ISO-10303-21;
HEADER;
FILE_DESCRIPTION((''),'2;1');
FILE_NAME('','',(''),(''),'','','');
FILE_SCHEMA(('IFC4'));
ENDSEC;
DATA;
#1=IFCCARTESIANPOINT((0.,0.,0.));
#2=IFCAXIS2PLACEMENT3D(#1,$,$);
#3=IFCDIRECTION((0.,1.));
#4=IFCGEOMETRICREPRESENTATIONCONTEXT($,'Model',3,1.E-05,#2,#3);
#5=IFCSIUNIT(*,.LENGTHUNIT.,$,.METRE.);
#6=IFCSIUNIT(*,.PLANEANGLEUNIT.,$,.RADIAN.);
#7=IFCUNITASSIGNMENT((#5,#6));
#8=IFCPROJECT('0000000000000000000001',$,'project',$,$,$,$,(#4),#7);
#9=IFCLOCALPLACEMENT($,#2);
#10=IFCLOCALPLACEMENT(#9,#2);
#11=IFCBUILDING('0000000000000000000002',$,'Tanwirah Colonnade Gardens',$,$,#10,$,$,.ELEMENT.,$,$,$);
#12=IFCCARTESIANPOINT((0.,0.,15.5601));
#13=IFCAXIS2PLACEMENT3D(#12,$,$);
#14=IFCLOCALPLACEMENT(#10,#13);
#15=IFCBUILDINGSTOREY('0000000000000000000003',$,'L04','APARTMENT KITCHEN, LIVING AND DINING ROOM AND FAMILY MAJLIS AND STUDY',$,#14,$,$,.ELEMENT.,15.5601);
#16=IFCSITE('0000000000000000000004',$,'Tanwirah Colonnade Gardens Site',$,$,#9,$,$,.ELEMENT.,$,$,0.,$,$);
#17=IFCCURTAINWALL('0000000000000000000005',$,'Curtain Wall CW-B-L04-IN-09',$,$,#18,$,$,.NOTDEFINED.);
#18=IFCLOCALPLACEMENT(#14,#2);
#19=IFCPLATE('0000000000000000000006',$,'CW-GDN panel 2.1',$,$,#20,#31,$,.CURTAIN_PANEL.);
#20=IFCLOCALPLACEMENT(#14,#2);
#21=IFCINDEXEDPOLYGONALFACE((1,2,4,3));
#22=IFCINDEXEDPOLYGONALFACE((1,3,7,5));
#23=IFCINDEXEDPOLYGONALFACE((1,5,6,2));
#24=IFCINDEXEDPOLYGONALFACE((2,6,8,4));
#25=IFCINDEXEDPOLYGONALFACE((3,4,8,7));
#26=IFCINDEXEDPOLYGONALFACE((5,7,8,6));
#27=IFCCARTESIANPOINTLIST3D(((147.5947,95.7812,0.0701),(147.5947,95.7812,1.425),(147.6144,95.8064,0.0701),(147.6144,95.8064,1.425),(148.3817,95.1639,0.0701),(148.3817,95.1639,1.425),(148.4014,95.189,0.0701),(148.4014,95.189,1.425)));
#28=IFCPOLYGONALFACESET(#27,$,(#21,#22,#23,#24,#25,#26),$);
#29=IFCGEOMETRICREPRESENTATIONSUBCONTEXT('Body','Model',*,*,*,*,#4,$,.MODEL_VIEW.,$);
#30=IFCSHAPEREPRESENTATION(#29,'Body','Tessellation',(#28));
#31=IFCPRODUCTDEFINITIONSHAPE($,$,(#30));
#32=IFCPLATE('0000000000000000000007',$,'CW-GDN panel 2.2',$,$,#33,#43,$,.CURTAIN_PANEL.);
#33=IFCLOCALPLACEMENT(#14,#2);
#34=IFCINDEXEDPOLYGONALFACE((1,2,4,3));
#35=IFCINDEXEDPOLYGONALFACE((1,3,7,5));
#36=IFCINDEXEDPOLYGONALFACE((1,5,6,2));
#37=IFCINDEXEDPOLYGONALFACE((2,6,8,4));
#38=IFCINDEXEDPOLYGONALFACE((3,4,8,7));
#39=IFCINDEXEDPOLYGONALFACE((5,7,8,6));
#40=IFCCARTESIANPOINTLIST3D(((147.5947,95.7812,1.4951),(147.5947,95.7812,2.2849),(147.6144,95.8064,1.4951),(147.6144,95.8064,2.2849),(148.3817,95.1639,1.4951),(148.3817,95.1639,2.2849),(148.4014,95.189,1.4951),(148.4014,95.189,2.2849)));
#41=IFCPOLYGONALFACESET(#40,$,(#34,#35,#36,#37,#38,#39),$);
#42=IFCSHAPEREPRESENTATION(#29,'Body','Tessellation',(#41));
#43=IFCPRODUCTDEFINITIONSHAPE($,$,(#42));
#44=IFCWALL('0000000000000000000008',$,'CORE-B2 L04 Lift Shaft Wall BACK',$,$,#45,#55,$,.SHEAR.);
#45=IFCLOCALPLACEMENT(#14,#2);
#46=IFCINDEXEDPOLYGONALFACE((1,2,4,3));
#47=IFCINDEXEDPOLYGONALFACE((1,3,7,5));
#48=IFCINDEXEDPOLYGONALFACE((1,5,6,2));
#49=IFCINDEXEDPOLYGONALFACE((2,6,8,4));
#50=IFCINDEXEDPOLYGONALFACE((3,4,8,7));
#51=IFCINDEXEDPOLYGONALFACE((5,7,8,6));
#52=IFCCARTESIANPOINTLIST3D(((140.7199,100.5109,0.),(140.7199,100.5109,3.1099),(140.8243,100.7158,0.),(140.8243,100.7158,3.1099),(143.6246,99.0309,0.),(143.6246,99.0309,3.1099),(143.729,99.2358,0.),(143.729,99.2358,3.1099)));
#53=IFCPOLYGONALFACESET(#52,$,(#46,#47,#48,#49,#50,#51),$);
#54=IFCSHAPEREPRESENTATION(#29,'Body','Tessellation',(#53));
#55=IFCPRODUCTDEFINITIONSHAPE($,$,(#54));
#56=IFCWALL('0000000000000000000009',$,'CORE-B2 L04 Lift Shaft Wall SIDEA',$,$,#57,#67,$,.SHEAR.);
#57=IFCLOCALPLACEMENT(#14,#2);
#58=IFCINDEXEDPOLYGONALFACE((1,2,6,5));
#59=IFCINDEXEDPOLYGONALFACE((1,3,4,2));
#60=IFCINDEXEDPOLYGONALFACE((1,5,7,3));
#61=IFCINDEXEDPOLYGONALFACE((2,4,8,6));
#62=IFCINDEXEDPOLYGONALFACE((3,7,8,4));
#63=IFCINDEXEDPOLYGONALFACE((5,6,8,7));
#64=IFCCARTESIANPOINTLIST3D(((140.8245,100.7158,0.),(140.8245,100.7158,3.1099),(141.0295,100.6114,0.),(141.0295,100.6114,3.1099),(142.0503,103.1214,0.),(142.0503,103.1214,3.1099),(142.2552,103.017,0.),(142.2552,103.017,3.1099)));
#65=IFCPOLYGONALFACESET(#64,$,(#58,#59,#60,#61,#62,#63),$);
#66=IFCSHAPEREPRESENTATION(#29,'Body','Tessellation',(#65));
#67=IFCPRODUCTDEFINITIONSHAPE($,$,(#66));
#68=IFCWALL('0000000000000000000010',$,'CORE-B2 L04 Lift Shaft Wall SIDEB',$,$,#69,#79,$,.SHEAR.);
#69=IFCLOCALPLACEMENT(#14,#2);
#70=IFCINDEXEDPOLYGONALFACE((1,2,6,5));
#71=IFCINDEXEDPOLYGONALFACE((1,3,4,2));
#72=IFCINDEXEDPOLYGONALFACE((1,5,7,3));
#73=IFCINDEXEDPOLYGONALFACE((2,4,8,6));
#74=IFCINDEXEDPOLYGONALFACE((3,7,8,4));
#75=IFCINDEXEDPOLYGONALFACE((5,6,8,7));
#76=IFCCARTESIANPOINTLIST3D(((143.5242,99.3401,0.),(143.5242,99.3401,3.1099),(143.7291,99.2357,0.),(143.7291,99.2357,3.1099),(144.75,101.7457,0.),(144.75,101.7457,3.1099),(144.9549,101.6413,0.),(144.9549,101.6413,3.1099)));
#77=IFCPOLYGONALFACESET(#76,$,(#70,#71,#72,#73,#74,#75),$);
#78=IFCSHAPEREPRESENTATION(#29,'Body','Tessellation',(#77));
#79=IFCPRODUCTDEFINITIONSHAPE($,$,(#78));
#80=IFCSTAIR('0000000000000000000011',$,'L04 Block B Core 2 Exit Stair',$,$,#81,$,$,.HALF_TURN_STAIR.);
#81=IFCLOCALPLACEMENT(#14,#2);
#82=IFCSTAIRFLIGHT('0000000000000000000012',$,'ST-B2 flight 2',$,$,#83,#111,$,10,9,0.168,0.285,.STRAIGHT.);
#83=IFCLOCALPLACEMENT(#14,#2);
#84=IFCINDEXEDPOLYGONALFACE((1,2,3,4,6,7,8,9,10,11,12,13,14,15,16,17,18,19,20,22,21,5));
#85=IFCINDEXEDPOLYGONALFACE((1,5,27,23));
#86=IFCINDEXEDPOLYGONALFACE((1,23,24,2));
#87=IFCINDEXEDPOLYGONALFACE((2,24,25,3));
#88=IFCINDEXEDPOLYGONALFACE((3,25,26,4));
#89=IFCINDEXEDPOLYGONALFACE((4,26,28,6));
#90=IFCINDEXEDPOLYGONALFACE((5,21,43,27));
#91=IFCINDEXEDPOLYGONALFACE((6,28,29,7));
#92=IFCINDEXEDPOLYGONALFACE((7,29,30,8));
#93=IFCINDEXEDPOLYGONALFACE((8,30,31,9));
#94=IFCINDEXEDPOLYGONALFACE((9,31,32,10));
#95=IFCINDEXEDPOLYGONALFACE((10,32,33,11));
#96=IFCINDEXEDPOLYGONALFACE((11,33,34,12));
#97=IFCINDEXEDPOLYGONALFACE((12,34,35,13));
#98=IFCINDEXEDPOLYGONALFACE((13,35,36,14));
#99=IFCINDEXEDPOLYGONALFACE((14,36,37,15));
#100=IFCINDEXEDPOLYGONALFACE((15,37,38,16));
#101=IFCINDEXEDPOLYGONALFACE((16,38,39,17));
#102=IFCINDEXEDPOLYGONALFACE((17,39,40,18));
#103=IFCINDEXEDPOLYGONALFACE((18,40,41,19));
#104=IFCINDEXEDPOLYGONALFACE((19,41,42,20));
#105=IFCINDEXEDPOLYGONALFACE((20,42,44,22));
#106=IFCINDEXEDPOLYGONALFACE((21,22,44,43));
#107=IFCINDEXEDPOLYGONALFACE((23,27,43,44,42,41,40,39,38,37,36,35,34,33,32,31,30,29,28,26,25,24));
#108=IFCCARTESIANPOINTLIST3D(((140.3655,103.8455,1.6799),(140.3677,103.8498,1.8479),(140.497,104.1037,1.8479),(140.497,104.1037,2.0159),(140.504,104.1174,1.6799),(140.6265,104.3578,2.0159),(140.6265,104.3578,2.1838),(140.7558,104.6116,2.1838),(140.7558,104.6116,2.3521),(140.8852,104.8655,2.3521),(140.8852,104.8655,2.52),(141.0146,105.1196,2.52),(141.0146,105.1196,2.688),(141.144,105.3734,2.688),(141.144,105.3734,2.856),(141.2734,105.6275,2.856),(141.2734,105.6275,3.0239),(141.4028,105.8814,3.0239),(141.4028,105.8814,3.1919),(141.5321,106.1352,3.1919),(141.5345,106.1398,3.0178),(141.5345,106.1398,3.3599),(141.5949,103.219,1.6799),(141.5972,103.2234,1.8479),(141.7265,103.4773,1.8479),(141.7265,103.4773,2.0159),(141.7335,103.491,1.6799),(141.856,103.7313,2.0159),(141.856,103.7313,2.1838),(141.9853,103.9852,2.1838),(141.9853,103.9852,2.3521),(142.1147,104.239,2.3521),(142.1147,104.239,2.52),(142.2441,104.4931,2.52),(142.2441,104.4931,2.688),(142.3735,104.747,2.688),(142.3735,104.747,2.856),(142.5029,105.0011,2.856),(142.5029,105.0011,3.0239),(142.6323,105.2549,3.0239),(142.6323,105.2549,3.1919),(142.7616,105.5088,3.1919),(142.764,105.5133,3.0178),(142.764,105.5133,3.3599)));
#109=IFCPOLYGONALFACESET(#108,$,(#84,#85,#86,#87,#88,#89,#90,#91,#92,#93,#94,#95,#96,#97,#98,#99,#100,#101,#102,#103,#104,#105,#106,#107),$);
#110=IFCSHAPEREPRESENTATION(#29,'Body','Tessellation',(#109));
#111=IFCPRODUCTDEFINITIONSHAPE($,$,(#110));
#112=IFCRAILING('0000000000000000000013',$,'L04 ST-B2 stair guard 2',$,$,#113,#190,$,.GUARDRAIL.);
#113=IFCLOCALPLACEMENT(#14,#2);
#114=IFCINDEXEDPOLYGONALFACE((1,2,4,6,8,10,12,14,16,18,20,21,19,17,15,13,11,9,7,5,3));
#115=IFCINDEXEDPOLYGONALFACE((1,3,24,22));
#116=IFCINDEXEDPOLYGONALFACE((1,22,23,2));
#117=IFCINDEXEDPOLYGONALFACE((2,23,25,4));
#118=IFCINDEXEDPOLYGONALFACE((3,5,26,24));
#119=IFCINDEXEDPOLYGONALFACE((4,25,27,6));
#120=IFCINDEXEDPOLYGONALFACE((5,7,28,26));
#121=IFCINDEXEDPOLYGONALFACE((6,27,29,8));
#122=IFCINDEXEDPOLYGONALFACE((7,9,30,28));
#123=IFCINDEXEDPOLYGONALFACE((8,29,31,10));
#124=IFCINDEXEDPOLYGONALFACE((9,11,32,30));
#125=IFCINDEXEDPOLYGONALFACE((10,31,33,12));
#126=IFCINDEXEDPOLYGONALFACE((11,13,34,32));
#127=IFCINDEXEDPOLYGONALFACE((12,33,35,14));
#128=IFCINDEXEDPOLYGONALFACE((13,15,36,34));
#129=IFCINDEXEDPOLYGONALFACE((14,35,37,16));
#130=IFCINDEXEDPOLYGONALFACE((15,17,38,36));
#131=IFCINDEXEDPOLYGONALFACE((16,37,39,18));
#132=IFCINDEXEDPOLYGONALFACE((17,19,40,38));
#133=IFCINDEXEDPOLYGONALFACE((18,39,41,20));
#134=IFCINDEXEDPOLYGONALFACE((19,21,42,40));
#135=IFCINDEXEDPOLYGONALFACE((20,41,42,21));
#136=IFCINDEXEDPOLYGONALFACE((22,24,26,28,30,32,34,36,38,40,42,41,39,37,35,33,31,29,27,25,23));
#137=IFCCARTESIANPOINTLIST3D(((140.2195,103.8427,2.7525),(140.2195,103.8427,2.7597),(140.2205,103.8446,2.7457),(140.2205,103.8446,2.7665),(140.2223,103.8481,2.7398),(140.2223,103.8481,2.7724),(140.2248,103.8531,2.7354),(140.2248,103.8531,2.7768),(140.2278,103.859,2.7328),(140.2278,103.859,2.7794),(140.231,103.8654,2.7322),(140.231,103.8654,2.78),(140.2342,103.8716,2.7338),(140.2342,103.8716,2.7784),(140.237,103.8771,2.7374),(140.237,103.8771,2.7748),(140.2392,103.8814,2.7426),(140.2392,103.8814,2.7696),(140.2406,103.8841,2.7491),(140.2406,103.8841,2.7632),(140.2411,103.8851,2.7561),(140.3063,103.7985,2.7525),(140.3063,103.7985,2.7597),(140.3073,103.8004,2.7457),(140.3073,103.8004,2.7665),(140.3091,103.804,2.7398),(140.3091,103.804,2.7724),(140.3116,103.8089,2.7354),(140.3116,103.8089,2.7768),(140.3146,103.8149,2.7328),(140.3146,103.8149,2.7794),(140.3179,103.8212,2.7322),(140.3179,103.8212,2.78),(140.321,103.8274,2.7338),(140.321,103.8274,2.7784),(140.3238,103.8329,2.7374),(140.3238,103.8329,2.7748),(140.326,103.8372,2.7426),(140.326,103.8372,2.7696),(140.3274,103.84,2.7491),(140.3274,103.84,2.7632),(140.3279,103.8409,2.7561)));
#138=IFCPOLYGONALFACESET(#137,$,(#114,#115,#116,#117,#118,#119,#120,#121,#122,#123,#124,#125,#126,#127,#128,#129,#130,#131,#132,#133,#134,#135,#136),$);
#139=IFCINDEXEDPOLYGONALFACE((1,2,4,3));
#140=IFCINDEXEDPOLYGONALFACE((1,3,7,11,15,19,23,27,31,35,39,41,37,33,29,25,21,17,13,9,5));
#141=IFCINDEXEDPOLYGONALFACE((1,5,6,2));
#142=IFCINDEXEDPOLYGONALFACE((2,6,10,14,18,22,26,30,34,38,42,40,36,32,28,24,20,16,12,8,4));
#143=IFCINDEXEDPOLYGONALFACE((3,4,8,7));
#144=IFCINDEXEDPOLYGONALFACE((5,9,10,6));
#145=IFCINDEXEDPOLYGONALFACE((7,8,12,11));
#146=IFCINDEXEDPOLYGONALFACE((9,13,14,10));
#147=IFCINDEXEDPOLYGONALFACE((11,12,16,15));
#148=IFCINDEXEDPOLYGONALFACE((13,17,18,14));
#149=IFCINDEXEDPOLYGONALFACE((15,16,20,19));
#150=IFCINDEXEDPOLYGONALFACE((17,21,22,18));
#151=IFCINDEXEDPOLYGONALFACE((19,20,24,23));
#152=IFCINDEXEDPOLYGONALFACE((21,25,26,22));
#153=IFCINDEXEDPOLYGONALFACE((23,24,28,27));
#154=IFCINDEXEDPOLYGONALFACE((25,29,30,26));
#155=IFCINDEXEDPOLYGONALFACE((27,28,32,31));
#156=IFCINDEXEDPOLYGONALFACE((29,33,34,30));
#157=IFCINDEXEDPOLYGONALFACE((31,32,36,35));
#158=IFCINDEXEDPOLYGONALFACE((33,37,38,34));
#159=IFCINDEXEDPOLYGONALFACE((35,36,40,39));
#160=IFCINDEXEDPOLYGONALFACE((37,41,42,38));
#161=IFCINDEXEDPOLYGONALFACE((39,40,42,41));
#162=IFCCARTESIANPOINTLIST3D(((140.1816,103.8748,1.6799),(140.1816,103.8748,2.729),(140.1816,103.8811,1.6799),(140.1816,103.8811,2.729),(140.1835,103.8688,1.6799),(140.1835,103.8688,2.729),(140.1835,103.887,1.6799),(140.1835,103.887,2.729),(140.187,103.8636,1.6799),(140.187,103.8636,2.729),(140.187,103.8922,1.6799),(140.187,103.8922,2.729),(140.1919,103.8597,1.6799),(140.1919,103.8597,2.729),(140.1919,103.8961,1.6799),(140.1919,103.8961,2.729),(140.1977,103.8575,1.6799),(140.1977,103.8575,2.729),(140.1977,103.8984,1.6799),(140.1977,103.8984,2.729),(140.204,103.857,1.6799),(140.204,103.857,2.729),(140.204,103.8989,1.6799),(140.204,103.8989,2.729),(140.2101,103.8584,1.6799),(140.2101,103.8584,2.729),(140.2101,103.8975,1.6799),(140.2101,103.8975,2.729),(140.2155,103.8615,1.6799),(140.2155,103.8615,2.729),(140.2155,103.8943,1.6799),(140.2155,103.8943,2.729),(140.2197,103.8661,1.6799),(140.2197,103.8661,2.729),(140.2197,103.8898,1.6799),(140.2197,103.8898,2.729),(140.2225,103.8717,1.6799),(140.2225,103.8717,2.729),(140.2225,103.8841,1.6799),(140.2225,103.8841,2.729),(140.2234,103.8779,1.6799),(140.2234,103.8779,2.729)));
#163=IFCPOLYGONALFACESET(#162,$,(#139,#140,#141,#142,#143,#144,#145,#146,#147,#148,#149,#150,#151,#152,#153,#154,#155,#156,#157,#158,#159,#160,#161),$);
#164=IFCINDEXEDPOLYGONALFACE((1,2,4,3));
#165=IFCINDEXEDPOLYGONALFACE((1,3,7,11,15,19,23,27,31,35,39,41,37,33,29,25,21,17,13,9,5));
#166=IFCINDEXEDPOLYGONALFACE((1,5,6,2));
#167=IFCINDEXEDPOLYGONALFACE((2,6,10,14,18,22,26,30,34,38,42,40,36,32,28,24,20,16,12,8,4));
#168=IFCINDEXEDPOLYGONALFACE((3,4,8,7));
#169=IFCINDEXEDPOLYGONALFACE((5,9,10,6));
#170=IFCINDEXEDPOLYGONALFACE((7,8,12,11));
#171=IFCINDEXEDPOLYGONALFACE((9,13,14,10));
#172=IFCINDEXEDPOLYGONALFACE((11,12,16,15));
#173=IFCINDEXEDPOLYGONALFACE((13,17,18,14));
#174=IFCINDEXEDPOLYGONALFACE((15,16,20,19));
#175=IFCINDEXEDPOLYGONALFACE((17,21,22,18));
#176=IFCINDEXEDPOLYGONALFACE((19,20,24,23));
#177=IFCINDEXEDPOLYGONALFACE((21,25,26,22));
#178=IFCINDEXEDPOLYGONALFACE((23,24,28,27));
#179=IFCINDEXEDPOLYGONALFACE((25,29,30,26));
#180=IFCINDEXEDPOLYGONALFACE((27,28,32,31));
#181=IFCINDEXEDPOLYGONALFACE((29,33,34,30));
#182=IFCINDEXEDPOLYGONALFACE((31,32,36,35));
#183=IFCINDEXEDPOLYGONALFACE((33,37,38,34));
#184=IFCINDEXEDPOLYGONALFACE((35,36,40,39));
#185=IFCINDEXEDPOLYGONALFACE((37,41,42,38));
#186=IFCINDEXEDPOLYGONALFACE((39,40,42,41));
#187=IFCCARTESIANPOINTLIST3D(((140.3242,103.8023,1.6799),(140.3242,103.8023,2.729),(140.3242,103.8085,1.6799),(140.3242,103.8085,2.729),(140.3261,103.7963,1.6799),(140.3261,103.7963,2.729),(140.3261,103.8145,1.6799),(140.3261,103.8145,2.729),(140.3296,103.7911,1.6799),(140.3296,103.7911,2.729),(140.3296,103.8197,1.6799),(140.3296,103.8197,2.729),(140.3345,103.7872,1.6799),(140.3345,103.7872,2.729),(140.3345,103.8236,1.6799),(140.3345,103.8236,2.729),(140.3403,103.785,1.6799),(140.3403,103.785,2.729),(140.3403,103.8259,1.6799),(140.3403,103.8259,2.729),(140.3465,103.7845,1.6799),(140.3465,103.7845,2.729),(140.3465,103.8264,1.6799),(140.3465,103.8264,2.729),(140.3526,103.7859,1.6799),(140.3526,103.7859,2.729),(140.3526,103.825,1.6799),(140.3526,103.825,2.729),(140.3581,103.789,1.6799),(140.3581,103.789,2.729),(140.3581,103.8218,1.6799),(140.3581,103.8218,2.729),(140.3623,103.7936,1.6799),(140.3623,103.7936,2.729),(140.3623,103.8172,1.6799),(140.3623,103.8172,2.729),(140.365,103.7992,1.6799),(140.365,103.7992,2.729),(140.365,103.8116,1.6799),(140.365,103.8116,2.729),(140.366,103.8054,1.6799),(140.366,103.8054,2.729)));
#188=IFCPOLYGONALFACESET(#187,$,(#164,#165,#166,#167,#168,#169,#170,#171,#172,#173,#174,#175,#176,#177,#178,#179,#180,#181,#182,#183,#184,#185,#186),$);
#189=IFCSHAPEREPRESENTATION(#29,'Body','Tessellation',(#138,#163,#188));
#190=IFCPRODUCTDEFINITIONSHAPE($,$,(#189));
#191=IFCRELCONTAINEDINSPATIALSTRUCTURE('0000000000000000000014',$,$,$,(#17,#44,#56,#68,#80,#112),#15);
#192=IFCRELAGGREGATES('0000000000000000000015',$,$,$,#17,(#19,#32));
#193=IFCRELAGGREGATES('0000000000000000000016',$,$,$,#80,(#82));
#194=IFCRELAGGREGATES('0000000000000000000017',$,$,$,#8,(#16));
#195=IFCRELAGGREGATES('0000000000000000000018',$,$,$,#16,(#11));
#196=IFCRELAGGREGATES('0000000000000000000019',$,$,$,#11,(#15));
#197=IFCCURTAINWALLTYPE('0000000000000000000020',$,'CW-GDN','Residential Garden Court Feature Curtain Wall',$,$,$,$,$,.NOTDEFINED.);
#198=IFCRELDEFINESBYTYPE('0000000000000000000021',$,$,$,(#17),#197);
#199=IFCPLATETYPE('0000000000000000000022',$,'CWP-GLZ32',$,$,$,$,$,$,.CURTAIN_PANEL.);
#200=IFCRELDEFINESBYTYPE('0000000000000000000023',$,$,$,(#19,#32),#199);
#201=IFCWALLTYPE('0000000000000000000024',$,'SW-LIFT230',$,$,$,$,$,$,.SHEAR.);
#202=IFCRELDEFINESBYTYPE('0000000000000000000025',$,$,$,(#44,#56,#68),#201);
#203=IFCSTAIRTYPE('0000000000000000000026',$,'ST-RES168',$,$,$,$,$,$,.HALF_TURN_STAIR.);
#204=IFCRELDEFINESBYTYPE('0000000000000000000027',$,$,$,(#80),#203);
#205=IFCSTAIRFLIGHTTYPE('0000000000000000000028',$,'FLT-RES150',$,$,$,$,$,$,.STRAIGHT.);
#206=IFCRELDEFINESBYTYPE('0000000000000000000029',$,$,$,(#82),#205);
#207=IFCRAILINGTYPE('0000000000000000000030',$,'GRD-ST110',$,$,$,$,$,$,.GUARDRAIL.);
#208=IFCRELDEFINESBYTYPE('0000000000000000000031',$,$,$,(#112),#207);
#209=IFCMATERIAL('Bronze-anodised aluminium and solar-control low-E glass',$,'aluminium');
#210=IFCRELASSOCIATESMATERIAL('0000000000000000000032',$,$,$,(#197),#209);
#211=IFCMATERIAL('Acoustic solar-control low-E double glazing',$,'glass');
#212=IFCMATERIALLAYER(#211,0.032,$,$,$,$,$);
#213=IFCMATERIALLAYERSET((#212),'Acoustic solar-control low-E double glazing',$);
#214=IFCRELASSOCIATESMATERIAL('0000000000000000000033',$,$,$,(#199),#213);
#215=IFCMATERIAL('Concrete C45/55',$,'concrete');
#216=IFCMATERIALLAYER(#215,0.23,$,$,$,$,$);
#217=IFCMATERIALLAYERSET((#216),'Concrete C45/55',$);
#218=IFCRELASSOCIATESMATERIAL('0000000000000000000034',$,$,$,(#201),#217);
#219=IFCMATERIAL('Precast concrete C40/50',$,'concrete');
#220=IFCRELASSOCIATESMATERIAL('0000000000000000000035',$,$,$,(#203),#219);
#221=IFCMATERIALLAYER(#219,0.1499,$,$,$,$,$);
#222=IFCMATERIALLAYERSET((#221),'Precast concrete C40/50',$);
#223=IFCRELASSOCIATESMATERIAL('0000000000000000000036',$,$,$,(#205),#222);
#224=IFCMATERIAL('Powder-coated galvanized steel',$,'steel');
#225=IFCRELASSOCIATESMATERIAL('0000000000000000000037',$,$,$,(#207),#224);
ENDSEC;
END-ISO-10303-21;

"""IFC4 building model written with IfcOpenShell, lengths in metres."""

from ifc_helpers import new_model, si_unit, direction, frame, frame_2d, origin, origin_2d, place, context, subcontext, project, spatial, polyline, rectangle, circle, outline, extrude, material, layer, layer_set, type_object, element, aggregate, save


model = new_model("IFC4")

# Units and contexts
model_context = context("Model", 3, precision=1e-05, world=origin(), true_north=direction((0.0, 1.0)))
body_context = subcontext(model_context, "Body", "Model", "MODEL_VIEW")
ifc_project = project(units=[si_unit("LENGTHUNIT", "METRE"), si_unit("PLANEANGLEUNIT", "RADIAN")], contexts=[model_context])

# Site, building, storey
site_placement = place(None, origin())
site = spatial("IfcSite", under=ifc_project, at=site_placement, Name="Tanwirah Colonnade Gardens Site", CompositionType="ELEMENT", RefElevation=0.0)
building_placement = place(site_placement, origin())
building = spatial("IfcBuilding", under=site, at=building_placement, Name="Tanwirah Colonnade Gardens", CompositionType="ELEMENT")
storey_placement = place(building_placement, frame((0.0, 0.0, 15.5601)))
storey = spatial("IfcBuildingStorey", under=building, at=storey_placement, Name="L04", Description="APARTMENT KITCHEN, LIVING AND DINING ROOM AND FAMILY MAJLIS AND STUDY", CompositionType="ELEMENT", Elevation=15.5601)

# Shared definitions
ifc_material_1 = material(Name="Precast concrete C40/50", Category="concrete")

# Curtain wall
ifc_material_2 = material(Name="Bronze-anodised aluminium and solar-control low-E glass", Category="aluminium")
curtain_wall_type = type_object("IfcCurtainWallType", Name="CW-GDN", Description="Residential Garden Court Feature Curtain Wall", PredefinedType="NOTDEFINED", material=ifc_material_2)
curtain_wall_placement = place(storey_placement, origin())
curtain_wall = element("IfcCurtainWall", 1, at=curtain_wall_placement, inside=storey, type_object=curtain_wall_type, Name="Curtain Wall CW-B-L04-IN-09", PredefinedType="NOTDEFINED")

# Plates
ifc_material_3 = material(Name="Acoustic solar-control low-E double glazing", Category="glass")
ifc_layer_1 = layer(ifc_material_3, 0.032)
ifc_layer_set_1 = layer_set([ifc_layer_1], Name="Acoustic solar-control low-E double glazing")
plate_type = type_object("IfcPlateType", Name="CWP-GLZ32", PredefinedType="CURTAIN_PANEL", material=ifc_layer_set_1)
plate_1_placement = place(storey_placement, frame((147.998, 95.4851, 0.0701), z_axis=(0.0, 0.0, 1.0), x_axis=(-0.786815, 0.617189, 0.0)))
plate_1 = element("IfcPlate", 2, at=plate_1_placement, type_object=plate_type, Name="CW-GDN panel 2.1", PredefinedType="CURTAIN_PANEL", context=body_context, shape_type="SweptSolid", body=[
    extrude(rectangle(XDim=1.0002, YDim=0.032, at=origin_2d()), origin(), (0.0, 0.0, 1.0), 1.355),
])
plate_2_placement = place(storey_placement, frame((147.998, 95.4851, 1.4951), z_axis=(0.0, 0.0, 1.0), x_axis=(-0.786815, 0.617189, 0.0)))
plate_2 = element("IfcPlate", 3, at=plate_2_placement, type_object=plate_type, Name="CW-GDN panel 2.2", PredefinedType="CURTAIN_PANEL", context=body_context, shape_type="SweptSolid", body=[
    extrude(rectangle(XDim=1.0002, YDim=0.032, at=origin_2d()), origin(), (0.0, 0.0, 1.0), 0.7898),
])
aggregate(curtain_wall, [plate_1, plate_2])

# Shared definitions
ifc_material_4 = material(Name="Concrete C45/55", Category="concrete")
ifc_layer_2 = layer(ifc_material_4, 0.23)
ifc_layer_set_2 = layer_set([ifc_layer_2], Name="Concrete C45/55")
wall_type = type_object("IfcWallType", Name="SW-LIFT230", PredefinedType="SHEAR", material=ifc_layer_set_2)

# Walls
wall_1_placement = place(storey_placement, frame((140.7722, 100.6133, 0.0), z_axis=(0.0, 0.0, 1.0), x_axis=(0.891017, -0.453971, 0.0)))
element("IfcWall", 4, at=wall_1_placement, inside=storey, type_object=wall_type, Name="CORE-B2 L04 Lift Shaft Wall BACK", PredefinedType="SHEAR", context=body_context, shape_type="SweptSolid", body=[
    extrude(rectangle(XDim=3.26, YDim=0.23, at=frame_2d((1.6299, 0.0))), origin(), (0.0, 0.0, 1.0), 3.1099),
])
for number, where, z_axis, x_axis, name in (
    (5, (142.1528, 103.0693, 0.0), (0.0, 0.0, 1.0), (-0.454, -0.891002, 0.0), "CORE-B2 L04 Lift Shaft Wall SIDEA"),
    (6, (144.8525, 101.6936, 0.0), (0.0, 0.0, 1.0), (-0.454037, -0.890983, 0.0), "CORE-B2 L04 Lift Shaft Wall SIDEB"),
):
    element("IfcWall", number, at=place(storey_placement, frame(where, z_axis=z_axis, x_axis=x_axis)), inside=storey, type_object=wall_type, Name=name, PredefinedType="SHEAR", context=body_context, shape_type="SweptSolid", body=[
        extrude(rectangle(XDim=2.7, YDim=0.23, at=frame_2d((1.3501, 0.0))), origin(), (0.0, 0.0, 1.0), 3.1099),
    ])

# Stair, stair flight
stair_type = type_object("IfcStairType", Name="ST-RES168", PredefinedType="HALF_TURN_STAIR", material=ifc_material_1)
stair_placement = place(storey_placement, origin())
stair = element("IfcStair", 7, at=stair_placement, inside=storey, type_object=stair_type, Name="L04 Block B Core 2 Exit Stair", PredefinedType="HALF_TURN_STAIR")
ifc_layer_3 = layer(ifc_material_1, 0.1499)
ifc_layer_set_3 = layer_set([ifc_layer_3], Name="Precast concrete C40/50")
stair_flight_type = type_object("IfcStairFlightType", Name="FLT-RES150", PredefinedType="STRAIGHT", material=ifc_layer_set_3)
stair_flight_placement = place(storey_placement, frame((140.9824, 103.5366, 1.6799), z_axis=(0.0, 0.0, 1.0), x_axis=(0.45399, 0.891007, 0.0)))
stair_flight = element("IfcStairFlight", 8, at=stair_flight_placement, type_object=stair_flight_type, Name="ST-B2 flight 2", NumberOfRisers=10, NumberOfTreads=9, PredefinedType="STRAIGHT", RiserHeight=0.168, TreadLength=0.285, context=body_context, shape_type="SweptSolid", body=[
    extrude(outline(polyline([(-0.0049, 0.0), (0.0, 0.168), (0.2849, 0.168), (0.2849, 0.3359), (0.5701, 0.3359), (0.5701, 0.5039), (0.855, 0.5039), (0.855, 0.6721), (1.1399, 0.6721), (1.1399, 0.8401), (1.425, 0.8401), (1.425, 1.0081), (1.71, 1.0081), (1.71, 1.176), (1.9951, 1.176), (1.9951, 1.344), (2.28, 1.344), (2.28, 1.512), (2.5649, 1.512), (2.5701, 1.6799), (2.5701, 1.3379), (0.3003, 0.0), (-0.0049, 0.0)])), frame((0.0, 0.6899, 0.0), z_axis=(0.0, -1.0, 0.0), x_axis=(1.0, 0.0, 0.0)), (0.0, 0.0, 1.0), 1.3799),
])
aggregate(stair, [stair_flight])

# Railing
ifc_material_5 = material(Name="Powder-coated galvanized steel", Category="steel")
railing_type_1 = type_object("IfcRailingType", Name="GRD-ST110", PredefinedType="GUARDRAIL", material=ifc_material_5)
railing_1_placement = place(storey_placement, frame((140.2024, 103.8779, 1.6799)))
element("IfcRailing", 9, at=railing_1_placement, inside=storey, type_object=railing_type_1, Name="L04 ST-B2 stair guard 2", PredefinedType="GUARDRAIL", context=body_context, shape_type="SweptSolid", body=[
    extrude(circle(Radius=0.0239, at=origin_2d()), frame((0.0278, -0.0142, 1.0762), z_axis=(0.891354, -0.453308, 0.0), x_axis=(0.453308, 0.891354, 0.0)), (0.0, 0.0, 1.0), 0.0974),
    extrude(circle(Radius=0.021, at=origin_2d()), origin(), (0.0, 0.0, 1.0), 1.0491),
    extrude(circle(Radius=0.021, at=origin_2d()), frame((0.1426, -0.0725, 0.0)), (0.0, 0.0, 1.0), 1.0491),
])

save(model, "model.ifc")
